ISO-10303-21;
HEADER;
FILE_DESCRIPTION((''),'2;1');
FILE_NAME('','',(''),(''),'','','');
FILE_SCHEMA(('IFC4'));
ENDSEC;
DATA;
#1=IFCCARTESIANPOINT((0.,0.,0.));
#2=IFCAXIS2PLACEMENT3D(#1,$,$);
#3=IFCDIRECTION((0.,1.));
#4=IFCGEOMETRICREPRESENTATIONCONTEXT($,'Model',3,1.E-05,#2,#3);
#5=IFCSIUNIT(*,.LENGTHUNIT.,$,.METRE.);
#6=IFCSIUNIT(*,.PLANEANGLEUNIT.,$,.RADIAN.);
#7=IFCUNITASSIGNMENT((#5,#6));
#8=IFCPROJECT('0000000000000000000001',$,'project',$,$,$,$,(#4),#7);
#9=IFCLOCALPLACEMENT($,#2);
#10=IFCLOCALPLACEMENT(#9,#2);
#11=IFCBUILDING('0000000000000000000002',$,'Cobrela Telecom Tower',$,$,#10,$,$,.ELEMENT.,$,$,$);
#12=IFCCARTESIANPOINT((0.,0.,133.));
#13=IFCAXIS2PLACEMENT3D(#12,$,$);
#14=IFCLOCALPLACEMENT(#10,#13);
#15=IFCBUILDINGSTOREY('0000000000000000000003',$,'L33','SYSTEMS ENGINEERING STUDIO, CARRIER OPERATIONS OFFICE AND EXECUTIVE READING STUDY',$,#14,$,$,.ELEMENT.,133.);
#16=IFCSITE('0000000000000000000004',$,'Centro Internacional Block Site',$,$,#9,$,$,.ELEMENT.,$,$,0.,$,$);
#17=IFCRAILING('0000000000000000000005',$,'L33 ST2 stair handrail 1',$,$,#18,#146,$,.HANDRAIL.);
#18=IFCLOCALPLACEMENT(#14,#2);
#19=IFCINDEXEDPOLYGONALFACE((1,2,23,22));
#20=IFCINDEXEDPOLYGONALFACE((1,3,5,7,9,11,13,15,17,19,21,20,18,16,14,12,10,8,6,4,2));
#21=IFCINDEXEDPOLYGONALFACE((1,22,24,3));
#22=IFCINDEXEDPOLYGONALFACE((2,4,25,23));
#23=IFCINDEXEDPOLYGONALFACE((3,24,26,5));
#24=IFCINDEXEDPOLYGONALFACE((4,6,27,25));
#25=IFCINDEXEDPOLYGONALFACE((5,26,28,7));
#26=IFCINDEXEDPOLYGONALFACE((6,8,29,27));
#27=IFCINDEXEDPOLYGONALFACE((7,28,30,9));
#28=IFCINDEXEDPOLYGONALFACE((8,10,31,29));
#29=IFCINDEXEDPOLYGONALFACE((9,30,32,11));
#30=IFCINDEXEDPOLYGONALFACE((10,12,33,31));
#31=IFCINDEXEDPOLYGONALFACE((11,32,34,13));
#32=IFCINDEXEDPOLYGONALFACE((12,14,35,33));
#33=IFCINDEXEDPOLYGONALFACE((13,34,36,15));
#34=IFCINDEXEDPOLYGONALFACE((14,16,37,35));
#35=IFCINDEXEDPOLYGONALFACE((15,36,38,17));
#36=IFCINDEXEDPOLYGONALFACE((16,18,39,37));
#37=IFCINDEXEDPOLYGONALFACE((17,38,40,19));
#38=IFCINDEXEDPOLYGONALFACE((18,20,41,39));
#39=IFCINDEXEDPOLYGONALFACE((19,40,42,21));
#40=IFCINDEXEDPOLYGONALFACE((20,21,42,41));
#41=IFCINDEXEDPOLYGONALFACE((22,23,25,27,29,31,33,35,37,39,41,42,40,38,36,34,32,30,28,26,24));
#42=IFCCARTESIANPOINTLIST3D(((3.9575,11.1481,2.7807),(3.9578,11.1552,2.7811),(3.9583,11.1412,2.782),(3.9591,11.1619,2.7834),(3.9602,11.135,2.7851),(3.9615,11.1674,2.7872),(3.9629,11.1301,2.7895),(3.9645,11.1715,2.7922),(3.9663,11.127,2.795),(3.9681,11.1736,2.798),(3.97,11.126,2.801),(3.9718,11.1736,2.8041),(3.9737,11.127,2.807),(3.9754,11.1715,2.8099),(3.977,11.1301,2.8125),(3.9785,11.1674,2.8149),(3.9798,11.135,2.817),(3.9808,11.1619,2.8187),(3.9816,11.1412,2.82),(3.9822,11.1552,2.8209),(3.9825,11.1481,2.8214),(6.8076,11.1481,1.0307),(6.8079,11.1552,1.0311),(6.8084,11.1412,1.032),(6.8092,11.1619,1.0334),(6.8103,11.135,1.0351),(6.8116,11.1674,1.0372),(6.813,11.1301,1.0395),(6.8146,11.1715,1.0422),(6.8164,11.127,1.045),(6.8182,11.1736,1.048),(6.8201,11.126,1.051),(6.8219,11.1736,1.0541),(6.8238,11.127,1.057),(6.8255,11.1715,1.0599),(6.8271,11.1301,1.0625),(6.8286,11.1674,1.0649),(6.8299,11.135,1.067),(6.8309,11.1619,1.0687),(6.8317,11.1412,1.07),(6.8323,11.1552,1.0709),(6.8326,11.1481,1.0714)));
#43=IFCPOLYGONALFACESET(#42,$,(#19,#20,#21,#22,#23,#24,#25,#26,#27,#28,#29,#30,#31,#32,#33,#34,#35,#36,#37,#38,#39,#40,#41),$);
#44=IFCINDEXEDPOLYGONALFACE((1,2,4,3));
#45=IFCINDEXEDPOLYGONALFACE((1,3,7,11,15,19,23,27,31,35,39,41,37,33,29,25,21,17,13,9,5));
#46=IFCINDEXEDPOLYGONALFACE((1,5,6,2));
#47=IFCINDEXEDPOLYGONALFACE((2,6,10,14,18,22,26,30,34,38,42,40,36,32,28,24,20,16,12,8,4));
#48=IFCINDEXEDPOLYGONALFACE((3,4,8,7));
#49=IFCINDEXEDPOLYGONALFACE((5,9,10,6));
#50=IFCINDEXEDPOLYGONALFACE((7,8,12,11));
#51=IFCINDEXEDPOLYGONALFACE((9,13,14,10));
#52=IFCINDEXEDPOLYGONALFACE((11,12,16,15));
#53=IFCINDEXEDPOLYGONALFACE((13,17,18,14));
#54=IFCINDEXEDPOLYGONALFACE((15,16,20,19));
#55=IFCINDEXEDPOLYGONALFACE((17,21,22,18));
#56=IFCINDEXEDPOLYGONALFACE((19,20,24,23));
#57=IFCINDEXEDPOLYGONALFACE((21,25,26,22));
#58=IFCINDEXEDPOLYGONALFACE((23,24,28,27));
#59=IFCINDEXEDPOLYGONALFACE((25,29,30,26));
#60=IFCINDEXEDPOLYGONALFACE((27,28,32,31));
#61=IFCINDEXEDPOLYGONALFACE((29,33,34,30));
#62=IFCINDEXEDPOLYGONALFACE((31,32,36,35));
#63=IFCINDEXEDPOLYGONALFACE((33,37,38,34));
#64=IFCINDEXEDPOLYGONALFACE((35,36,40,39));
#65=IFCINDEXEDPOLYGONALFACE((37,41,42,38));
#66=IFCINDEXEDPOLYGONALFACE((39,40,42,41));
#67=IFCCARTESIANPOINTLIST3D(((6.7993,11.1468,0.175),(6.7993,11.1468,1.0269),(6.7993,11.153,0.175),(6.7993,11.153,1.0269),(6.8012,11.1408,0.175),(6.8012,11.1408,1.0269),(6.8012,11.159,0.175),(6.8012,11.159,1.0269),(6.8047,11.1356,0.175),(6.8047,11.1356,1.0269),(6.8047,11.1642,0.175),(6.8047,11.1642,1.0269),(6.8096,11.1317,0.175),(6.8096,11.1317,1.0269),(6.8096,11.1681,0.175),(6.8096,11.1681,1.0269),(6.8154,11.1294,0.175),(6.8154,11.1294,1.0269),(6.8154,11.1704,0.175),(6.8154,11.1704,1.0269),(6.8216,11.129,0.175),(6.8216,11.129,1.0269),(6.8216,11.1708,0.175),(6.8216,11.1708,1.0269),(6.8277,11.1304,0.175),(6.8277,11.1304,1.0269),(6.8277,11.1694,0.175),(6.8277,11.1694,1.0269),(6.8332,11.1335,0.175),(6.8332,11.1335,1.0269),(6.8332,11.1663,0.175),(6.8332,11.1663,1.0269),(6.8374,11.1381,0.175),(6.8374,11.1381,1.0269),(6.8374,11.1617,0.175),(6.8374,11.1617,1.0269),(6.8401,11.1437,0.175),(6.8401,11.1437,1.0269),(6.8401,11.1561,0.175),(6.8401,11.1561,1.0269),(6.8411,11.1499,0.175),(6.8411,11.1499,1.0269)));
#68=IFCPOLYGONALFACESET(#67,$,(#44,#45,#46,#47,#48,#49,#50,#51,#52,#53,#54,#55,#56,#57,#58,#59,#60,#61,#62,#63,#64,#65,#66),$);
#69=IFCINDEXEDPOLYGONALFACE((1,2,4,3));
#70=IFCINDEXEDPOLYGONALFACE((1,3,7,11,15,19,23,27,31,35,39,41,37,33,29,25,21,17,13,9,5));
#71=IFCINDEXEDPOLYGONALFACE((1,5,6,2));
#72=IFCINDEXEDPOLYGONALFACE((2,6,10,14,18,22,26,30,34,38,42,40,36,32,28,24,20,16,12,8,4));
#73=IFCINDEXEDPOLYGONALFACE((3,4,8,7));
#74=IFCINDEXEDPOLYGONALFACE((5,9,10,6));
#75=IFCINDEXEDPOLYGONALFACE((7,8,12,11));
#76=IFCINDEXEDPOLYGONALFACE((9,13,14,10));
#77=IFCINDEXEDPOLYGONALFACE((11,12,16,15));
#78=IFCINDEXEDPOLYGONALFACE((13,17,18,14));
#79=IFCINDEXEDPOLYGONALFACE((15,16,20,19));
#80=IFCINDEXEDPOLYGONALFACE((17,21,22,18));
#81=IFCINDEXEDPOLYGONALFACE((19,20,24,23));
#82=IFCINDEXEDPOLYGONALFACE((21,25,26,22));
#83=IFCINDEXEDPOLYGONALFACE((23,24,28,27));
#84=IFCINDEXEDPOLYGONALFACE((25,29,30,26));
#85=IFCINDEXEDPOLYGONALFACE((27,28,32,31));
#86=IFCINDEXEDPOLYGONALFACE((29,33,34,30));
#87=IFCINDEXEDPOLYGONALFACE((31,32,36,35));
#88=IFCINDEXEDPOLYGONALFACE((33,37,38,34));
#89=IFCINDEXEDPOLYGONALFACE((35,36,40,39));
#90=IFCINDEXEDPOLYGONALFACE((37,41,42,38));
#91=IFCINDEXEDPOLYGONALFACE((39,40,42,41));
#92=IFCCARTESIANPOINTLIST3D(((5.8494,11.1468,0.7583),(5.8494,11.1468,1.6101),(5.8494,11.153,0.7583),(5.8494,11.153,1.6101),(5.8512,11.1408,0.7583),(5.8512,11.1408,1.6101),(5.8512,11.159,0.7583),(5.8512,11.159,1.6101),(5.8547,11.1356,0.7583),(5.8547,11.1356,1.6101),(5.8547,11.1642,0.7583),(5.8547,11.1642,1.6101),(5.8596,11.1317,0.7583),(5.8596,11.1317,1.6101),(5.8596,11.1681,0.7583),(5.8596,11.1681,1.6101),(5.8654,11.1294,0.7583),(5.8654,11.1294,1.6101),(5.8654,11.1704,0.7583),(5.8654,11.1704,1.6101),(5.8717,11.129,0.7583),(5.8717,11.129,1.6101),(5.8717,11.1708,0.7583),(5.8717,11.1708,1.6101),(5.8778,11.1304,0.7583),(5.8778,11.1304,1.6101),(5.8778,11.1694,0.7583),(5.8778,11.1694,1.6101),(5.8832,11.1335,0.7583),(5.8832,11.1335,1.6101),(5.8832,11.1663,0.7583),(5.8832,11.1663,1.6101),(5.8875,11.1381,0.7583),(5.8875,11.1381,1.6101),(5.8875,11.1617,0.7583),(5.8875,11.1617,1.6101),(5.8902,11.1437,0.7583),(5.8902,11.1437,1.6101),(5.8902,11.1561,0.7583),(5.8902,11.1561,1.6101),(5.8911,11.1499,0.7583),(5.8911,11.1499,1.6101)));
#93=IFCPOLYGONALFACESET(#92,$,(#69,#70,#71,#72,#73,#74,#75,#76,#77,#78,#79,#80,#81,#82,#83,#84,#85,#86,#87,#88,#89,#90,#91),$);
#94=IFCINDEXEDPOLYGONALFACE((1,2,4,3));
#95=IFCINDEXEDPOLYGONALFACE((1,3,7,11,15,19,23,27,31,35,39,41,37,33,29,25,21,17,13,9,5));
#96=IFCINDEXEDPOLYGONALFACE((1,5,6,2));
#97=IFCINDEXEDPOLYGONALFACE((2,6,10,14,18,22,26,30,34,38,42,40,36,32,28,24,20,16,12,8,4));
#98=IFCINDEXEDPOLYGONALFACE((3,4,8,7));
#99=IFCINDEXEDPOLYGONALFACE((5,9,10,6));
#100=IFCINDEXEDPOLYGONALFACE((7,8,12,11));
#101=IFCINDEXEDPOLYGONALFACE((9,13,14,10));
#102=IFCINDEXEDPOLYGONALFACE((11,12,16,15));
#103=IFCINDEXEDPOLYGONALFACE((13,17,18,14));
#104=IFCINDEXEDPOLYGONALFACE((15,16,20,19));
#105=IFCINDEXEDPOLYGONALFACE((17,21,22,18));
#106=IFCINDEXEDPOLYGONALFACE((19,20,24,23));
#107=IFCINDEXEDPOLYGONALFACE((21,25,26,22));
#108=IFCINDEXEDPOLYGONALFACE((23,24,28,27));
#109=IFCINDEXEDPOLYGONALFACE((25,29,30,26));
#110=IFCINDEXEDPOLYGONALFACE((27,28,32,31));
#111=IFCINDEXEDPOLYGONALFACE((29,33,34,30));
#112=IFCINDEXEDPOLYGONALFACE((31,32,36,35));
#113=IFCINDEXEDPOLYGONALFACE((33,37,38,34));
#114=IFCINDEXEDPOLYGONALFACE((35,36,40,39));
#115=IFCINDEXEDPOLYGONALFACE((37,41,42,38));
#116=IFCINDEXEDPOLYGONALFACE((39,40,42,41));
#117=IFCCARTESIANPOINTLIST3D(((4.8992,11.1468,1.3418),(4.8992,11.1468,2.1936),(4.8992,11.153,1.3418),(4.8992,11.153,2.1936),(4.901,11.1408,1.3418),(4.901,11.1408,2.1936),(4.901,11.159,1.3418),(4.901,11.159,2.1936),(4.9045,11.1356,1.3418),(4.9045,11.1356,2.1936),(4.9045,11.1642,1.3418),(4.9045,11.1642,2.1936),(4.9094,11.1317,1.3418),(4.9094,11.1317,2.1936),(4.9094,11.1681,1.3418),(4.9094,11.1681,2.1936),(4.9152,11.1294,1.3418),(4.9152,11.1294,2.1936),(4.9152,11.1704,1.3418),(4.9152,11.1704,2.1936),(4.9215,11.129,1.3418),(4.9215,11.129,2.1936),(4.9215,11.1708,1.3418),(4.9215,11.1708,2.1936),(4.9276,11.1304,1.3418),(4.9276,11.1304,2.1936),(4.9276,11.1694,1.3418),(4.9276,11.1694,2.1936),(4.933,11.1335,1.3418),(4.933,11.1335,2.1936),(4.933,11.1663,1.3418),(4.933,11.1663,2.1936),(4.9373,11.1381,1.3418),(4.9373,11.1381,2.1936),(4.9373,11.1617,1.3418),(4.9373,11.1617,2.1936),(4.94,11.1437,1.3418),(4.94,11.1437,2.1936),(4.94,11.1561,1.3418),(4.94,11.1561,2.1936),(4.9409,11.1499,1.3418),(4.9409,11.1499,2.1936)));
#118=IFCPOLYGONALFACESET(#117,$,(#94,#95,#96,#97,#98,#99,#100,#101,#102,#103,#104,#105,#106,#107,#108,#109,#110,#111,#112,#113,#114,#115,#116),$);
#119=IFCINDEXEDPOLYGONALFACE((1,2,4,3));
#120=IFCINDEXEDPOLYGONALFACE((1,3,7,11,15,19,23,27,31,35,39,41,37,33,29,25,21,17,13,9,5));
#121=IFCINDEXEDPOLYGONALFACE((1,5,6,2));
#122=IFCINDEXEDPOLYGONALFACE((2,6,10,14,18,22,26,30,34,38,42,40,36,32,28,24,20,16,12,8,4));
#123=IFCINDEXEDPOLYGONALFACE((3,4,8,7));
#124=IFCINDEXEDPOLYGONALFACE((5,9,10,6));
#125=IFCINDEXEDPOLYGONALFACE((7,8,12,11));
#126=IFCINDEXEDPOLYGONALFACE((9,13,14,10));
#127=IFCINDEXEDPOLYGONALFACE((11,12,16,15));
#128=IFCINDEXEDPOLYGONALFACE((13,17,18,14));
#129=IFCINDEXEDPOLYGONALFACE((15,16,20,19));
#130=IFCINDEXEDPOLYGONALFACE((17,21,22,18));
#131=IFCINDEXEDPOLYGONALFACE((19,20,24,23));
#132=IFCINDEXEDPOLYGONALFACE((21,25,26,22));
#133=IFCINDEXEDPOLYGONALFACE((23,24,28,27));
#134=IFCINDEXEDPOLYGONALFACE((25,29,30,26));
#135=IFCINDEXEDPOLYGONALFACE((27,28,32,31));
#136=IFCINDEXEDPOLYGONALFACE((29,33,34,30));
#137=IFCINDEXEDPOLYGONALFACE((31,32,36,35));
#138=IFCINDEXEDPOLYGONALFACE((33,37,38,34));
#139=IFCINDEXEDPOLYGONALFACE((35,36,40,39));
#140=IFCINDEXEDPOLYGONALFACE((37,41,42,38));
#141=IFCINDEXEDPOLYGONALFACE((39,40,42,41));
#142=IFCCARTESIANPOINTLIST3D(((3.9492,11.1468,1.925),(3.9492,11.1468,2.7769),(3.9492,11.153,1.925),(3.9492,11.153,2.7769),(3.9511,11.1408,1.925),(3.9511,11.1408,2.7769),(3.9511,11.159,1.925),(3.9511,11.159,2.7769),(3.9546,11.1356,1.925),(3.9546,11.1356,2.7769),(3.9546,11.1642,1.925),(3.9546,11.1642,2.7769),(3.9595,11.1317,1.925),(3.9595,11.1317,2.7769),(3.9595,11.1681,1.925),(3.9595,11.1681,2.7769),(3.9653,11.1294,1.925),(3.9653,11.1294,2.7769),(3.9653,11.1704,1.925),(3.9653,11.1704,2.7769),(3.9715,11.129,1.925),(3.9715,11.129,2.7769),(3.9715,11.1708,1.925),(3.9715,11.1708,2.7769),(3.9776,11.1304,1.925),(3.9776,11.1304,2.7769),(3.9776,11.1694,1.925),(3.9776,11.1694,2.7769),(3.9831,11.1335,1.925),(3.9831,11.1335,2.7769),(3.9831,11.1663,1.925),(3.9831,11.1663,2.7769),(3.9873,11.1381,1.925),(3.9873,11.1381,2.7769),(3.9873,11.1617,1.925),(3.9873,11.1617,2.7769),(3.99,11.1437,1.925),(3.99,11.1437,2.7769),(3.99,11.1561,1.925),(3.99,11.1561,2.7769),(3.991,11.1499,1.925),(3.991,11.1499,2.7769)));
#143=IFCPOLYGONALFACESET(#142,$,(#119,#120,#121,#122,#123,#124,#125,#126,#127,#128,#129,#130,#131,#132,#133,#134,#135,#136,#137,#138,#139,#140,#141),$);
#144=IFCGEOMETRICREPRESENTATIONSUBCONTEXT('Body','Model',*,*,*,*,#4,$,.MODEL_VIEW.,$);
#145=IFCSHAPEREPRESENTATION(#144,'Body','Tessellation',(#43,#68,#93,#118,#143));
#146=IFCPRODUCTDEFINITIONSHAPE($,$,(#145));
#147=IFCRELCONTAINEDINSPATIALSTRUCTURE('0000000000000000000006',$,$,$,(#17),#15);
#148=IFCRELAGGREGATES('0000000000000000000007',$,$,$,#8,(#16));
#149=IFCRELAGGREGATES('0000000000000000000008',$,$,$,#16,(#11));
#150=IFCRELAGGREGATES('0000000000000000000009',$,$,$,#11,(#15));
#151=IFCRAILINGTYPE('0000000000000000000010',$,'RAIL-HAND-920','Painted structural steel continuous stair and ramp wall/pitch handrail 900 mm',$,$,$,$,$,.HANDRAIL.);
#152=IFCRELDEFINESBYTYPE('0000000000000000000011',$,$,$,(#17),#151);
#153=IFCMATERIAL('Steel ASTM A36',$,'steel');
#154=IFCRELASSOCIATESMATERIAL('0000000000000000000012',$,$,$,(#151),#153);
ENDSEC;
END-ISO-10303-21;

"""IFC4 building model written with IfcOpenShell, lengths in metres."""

from ifc_helpers import new_model, si_unit, direction, frame, origin, origin_2d, place, context, subcontext, project, spatial, circle, extrude, material, type_object, element, save


model = new_model("IFC4")

# Units and contexts
model_context = context("Model", 3, precision=1e-05, world=origin(), true_north=direction((0.0, 1.0)))
body_context = subcontext(model_context, "Body", "Model", "MODEL_VIEW")
ifc_project = project(units=[si_unit("LENGTHUNIT", "METRE"), si_unit("PLANEANGLEUNIT", "RADIAN")], contexts=[model_context])

# Site, building, storey
site_placement = place(None, origin())
site = spatial("IfcSite", under=ifc_project, at=site_placement, Name="Centro Internacional Block Site", CompositionType="ELEMENT", RefElevation=0.0)
building_placement = place(site_placement, origin())
building = spatial("IfcBuilding", under=site, at=building_placement, Name="Cobrela Telecom Tower", CompositionType="ELEMENT")
storey_placement = place(building_placement, frame((0.0, 0.0, 133.0)))
storey = spatial("IfcBuildingStorey", under=building, at=storey_placement, Name="L33", Description="SYSTEMS ENGINEERING STUDIO, CARRIER OPERATIONS OFFICE AND EXECUTIVE READING STUDY", CompositionType="ELEMENT", Elevation=133.0)

# Shared definitions
ifc_material_1 = material(Name="Steel ASTM A36", Category="steel")

# Railing
railing_type_1 = type_object("IfcRailingType", Name="RAIL-HAND-920", Description="Painted structural steel continuous stair and ramp wall/pitch handrail 900 mm", PredefinedType="HANDRAIL", material=ifc_material_1)
railing_1_placement = place(storey_placement, frame((6.8201, 11.1499, 0.175)))
element("IfcRailing", 1, at=railing_1_placement, inside=storey, type_object=railing_type_1, Name="L33 ST2 stair handrail 1", PredefinedType="HANDRAIL", context=body_context, shape_type="SweptSolid", body=[
    extrude(circle(Radius=0.0239, at=origin_2d()), frame((0.0, 0.0, 0.876), z_axis=(-0.852179, 0.0, 0.52325), x_axis=(0.0, -1.0, 0.0)), (0.0, 0.0, 1.0), 3.3445),
    extrude(circle(Radius=0.021, at=origin_2d()), origin(), (0.0, 0.0, 1.0), 0.8518),
    extrude(circle(Radius=0.021, at=origin_2d()), frame((-0.95, 0.0, 0.5833)), (0.0, 0.0, 1.0), 0.8518),
    extrude(circle(Radius=0.021, at=origin_2d()), frame((-1.9001, 0.0, 1.1667)), (0.0, 0.0, 1.0), 0.8518),
    extrude(circle(Radius=0.021, at=origin_2d()), frame((-2.8501, 0.0, 1.75)), (0.0, 0.0, 1.0), 0.8518),
])

save(model, "model.ifc")
